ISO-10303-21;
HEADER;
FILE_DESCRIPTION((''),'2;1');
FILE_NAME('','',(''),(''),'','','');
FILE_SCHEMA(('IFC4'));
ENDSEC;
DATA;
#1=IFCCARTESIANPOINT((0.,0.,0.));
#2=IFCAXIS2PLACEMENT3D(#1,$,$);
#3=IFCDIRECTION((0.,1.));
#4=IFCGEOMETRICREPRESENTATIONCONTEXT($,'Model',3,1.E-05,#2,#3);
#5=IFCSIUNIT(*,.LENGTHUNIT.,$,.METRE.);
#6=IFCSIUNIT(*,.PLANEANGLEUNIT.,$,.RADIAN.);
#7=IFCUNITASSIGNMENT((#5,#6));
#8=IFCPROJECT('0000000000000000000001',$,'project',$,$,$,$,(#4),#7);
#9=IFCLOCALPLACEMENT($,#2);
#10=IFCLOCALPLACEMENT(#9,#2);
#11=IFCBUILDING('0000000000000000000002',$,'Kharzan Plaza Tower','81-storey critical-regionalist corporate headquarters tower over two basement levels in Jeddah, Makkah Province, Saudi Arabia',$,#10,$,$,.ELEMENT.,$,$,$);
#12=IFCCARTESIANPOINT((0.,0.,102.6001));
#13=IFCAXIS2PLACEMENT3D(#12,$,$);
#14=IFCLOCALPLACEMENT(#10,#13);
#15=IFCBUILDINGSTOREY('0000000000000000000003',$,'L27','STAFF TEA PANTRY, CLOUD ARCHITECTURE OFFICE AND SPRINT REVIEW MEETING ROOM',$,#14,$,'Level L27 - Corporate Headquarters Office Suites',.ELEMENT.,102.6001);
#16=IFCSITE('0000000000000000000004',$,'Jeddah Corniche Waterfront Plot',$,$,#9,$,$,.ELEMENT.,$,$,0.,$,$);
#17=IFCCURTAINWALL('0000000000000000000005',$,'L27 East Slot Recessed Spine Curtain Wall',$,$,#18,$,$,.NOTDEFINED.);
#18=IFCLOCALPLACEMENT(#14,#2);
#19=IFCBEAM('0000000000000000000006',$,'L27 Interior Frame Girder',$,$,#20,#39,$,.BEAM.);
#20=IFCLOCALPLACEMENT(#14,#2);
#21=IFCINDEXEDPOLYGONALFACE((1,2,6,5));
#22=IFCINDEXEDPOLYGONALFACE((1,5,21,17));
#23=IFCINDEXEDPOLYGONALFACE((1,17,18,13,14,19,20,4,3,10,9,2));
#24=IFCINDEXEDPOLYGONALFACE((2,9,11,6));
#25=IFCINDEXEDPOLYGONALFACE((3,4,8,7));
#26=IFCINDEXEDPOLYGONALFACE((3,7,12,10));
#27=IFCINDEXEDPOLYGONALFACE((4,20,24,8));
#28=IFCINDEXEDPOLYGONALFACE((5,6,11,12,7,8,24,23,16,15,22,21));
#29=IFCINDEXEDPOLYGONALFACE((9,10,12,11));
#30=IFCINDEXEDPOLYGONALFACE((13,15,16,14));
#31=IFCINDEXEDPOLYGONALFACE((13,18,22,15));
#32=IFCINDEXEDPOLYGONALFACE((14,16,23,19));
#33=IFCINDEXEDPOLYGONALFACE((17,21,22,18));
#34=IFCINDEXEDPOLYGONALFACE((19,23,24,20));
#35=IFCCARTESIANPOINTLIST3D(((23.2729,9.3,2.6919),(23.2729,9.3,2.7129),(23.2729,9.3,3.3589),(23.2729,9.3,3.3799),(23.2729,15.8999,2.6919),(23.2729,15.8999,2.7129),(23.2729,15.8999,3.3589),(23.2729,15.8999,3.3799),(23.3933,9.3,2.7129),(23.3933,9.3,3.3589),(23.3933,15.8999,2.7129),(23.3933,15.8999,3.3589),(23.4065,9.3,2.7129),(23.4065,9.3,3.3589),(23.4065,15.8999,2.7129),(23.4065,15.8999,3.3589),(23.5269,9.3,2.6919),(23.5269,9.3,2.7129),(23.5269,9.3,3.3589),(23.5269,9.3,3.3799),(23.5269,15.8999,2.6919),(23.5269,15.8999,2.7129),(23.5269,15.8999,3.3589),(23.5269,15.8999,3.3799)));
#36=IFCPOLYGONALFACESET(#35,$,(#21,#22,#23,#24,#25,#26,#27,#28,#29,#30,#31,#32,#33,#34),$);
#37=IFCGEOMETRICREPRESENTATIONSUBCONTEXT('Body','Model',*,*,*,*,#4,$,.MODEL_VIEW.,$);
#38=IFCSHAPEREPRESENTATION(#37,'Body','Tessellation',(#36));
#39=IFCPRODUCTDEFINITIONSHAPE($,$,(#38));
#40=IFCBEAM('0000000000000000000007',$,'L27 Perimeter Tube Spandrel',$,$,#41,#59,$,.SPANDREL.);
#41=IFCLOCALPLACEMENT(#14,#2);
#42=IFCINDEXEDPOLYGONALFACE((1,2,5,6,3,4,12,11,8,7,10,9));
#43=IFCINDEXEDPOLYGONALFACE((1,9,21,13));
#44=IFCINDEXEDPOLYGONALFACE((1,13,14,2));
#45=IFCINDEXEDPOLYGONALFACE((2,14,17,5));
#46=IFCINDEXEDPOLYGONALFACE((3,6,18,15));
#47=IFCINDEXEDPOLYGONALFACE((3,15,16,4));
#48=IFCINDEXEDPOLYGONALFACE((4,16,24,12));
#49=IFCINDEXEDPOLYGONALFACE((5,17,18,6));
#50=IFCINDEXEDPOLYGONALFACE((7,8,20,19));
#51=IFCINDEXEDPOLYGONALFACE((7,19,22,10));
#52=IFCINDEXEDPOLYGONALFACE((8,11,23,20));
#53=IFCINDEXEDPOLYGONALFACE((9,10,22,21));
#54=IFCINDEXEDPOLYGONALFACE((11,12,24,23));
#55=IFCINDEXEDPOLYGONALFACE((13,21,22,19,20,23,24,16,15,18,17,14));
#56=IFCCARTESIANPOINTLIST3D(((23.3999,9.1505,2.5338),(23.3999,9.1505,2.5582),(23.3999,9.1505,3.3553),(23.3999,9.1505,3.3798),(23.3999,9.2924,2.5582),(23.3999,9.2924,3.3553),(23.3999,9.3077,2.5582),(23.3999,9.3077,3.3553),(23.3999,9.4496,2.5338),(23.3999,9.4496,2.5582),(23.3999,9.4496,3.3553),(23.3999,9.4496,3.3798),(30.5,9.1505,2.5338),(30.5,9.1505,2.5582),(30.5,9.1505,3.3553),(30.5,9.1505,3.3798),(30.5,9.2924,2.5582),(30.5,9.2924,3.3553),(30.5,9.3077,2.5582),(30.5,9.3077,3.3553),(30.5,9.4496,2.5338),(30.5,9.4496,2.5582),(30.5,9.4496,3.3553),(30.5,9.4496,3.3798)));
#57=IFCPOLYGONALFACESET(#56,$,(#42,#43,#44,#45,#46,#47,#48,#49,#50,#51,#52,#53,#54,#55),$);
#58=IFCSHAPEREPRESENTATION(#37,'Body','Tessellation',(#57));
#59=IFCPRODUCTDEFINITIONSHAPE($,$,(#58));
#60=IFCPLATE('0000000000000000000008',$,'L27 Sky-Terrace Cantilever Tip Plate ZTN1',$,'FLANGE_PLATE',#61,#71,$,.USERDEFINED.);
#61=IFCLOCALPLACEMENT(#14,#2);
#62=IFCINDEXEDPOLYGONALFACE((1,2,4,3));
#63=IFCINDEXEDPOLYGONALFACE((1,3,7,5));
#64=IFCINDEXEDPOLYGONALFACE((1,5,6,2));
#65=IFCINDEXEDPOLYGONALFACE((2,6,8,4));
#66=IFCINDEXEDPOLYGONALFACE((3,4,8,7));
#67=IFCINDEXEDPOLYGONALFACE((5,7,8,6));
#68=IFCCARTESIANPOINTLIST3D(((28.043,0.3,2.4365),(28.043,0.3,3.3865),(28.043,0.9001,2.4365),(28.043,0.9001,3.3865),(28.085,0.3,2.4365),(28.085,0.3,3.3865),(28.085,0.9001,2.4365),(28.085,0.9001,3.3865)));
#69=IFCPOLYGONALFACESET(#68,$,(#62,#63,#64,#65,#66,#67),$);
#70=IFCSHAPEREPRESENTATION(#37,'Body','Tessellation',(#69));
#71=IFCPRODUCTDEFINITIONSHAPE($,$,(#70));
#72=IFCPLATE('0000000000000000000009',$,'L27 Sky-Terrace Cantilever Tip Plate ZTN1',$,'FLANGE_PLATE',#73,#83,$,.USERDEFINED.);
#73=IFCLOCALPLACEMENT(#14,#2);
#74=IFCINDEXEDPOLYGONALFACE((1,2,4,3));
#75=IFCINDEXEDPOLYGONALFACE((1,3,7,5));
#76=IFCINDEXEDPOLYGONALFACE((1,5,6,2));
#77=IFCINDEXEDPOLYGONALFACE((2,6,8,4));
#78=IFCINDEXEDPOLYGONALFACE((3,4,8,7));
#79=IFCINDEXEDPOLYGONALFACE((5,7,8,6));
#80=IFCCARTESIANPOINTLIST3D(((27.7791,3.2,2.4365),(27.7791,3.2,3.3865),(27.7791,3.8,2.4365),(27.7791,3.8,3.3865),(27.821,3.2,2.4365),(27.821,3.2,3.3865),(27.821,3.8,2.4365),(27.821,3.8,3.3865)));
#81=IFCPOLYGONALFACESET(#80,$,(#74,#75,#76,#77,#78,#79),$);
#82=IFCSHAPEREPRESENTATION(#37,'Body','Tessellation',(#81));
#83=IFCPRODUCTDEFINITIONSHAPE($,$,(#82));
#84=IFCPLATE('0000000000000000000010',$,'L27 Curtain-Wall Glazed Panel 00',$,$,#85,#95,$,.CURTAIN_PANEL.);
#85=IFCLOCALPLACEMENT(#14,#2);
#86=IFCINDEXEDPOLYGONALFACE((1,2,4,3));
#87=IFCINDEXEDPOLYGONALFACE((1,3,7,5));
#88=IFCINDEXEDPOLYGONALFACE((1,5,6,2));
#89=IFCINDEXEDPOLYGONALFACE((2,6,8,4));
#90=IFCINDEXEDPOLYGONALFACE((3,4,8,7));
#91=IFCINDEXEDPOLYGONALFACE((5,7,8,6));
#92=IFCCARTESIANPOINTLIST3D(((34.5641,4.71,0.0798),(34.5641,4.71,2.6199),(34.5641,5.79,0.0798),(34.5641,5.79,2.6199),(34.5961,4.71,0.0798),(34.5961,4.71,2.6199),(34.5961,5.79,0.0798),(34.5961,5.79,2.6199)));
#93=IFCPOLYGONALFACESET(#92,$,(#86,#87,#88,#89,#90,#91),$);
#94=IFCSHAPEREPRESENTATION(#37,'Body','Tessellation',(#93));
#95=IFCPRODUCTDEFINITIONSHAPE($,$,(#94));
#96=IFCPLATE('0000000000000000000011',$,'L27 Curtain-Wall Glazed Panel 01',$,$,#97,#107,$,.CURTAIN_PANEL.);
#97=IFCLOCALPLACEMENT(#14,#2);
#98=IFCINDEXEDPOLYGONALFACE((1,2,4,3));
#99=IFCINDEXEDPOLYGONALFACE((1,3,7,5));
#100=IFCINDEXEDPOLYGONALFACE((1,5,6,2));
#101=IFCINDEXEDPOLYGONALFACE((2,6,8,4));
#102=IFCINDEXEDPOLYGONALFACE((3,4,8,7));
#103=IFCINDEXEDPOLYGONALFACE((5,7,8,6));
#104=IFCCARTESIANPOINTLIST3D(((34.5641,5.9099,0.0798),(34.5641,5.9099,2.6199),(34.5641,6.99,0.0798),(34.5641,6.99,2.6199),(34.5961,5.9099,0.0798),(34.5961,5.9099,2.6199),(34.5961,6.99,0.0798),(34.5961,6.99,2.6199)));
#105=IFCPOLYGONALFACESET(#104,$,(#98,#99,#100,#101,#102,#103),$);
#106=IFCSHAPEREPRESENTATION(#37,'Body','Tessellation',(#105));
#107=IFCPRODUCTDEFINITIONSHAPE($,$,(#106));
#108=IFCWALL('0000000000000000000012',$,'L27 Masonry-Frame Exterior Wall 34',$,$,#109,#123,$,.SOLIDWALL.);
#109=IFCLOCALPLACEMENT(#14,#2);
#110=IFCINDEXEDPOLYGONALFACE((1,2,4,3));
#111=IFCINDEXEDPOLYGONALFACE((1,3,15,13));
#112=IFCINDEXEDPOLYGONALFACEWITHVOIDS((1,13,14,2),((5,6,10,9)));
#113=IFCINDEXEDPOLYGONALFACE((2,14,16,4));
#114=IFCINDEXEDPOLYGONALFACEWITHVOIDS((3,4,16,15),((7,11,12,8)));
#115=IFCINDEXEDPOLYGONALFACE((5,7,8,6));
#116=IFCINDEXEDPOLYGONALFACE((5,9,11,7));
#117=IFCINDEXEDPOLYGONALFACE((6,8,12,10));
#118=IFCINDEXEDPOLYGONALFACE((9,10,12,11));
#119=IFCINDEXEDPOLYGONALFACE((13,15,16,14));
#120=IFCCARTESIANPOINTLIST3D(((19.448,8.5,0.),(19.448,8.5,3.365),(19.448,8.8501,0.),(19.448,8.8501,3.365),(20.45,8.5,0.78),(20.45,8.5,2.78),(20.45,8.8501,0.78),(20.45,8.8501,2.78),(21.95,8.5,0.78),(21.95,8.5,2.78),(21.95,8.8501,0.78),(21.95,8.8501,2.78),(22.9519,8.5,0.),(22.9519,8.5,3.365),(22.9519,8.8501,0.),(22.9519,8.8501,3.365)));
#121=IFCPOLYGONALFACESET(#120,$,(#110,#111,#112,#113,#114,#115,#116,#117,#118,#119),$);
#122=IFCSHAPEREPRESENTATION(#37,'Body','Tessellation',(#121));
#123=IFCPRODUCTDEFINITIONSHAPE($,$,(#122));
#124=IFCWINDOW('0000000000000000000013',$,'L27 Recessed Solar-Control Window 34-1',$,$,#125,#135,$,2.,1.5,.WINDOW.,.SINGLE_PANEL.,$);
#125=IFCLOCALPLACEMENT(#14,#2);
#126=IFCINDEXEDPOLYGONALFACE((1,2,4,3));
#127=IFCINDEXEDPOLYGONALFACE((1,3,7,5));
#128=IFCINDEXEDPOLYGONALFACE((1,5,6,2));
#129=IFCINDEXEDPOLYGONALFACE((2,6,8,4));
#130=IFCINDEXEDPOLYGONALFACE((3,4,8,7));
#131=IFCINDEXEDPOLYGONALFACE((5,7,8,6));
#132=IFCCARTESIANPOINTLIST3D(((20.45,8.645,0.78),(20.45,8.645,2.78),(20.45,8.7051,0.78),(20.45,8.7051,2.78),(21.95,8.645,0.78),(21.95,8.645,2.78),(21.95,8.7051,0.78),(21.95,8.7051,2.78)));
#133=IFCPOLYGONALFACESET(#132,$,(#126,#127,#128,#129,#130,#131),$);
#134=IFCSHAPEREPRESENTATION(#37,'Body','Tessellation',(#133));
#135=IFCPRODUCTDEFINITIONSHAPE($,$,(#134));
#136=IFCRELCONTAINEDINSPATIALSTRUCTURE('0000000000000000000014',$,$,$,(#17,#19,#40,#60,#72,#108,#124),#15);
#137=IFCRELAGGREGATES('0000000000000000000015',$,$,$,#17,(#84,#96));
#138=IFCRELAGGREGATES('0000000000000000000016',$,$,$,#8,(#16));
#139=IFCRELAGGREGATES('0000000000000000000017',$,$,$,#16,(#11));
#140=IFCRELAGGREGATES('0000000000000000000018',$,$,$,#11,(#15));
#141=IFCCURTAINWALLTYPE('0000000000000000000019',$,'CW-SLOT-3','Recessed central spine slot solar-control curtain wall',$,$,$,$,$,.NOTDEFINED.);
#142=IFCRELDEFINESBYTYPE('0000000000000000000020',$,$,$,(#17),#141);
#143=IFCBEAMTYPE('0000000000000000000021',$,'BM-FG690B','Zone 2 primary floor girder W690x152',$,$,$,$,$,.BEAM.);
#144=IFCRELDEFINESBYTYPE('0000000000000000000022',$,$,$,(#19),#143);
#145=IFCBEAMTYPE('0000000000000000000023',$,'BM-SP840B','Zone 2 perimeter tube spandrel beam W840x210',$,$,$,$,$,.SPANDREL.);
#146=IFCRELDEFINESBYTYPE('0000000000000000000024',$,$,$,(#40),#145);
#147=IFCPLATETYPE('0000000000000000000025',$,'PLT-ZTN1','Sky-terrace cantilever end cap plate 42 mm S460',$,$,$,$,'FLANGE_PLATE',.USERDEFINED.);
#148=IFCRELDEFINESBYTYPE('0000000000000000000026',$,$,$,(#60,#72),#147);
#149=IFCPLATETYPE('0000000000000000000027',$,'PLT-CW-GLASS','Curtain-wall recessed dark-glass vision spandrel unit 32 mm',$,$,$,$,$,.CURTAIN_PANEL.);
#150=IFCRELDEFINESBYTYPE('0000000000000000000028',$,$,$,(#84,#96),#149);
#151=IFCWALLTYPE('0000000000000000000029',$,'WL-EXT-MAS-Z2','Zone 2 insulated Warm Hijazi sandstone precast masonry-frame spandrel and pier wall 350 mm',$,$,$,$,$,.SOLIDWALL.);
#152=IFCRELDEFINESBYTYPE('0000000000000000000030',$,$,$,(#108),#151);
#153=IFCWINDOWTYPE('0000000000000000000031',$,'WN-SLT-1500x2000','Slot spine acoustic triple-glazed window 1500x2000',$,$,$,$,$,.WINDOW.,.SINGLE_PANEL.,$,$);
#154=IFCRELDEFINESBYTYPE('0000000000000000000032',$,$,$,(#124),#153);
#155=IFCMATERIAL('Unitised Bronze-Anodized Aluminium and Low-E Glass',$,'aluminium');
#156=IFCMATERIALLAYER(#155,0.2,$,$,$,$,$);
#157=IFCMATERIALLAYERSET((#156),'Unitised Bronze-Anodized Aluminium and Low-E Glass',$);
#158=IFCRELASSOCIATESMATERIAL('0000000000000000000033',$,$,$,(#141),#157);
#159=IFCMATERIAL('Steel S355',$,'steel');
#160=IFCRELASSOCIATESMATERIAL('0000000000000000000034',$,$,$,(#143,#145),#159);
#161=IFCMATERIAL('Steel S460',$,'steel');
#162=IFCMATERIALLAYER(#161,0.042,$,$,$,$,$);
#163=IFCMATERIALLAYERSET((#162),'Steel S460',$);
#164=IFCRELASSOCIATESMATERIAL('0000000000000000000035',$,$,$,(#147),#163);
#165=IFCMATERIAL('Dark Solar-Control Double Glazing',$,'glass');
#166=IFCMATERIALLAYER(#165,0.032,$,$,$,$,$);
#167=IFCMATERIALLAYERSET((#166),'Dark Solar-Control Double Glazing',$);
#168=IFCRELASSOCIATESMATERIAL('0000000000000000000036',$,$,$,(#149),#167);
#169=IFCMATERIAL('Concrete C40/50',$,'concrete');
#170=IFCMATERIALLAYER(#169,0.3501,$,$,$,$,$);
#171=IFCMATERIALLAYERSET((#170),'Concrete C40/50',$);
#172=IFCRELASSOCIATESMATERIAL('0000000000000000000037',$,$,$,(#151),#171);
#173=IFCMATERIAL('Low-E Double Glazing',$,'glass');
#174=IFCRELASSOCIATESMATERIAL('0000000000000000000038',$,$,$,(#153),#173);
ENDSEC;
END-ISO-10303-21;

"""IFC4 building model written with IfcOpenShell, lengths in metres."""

from ifc_helpers import new_model, si_unit, direction, frame, frame_2d, origin, origin_2d, place, context, subcontext, project, spatial, rectangle, i_section, extrude, source, transform, mapped, material, layer, layer_set, material_profile, profile_set, type_object, element, fill, aggregate, save


model = new_model("IFC4")

# Units and contexts
model_context = context("Model", 3, precision=1e-05, world=origin(), true_north=direction((0.0, 1.0)))
body_context = subcontext(model_context, "Body", "Model", "MODEL_VIEW")
ifc_project = project(units=[si_unit("LENGTHUNIT", "METRE"), si_unit("PLANEANGLEUNIT", "RADIAN")], contexts=[model_context])

# Site, building, storey
site_placement = place(None, origin())
site = spatial("IfcSite", under=ifc_project, at=site_placement, Name="Jeddah Corniche Waterfront Plot", CompositionType="ELEMENT", RefElevation=0.0)
building_placement = place(site_placement, origin())
building = spatial("IfcBuilding", under=site, at=building_placement, Name="Kharzan Plaza Tower", Description="81-storey critical-regionalist corporate headquarters tower over two basement levels in Jeddah, Makkah Province, Saudi Arabia", CompositionType="ELEMENT")
storey_placement = place(building_placement, frame((0.0, 0.0, 102.6001)))
storey = spatial("IfcBuildingStorey", under=building, at=storey_placement, Name="L27", Description="STAFF TEA PANTRY, CLOUD ARCHITECTURE OFFICE AND SPRINT REVIEW MEETING ROOM", LongName="Level L27 - Corporate Headquarters Office Suites", CompositionType="ELEMENT", Elevation=102.6001)

# Curtain wall
ifc_material_1 = material(Name="Unitised Bronze-Anodized Aluminium and Low-E Glass", Category="aluminium")
ifc_layer_1 = layer(ifc_material_1, 0.2)
ifc_layer_set_1 = layer_set([ifc_layer_1], Name="Unitised Bronze-Anodized Aluminium and Low-E Glass")
curtain_wall_type = type_object("IfcCurtainWallType", Name="CW-SLOT-3", Description="Recessed central spine slot solar-control curtain wall", PredefinedType="NOTDEFINED", material=ifc_layer_set_1)
curtain_wall_placement = place(storey_placement, origin())
curtain_wall = element("IfcCurtainWall", 1, at=curtain_wall_placement, inside=storey, type_object=curtain_wall_type, Name="L27 East Slot Recessed Spine Curtain Wall", PredefinedType="NOTDEFINED")

# Shared definitions
ifc_material_2 = material(Name="Steel S355", Category="steel")

# Beams
ifc_material_profile_1 = material_profile(ifc_material_2, i_section(OverallWidth=0.2539, OverallDepth=0.688, WebThickness=0.0132, FlangeThickness=0.021, at=origin_2d()), Name="W690x152")
ifc_profile_set_1 = profile_set([ifc_material_profile_1], Name="Steel S355")
beam_type_1 = type_object("IfcBeamType", Name="BM-FG690B", Description="Zone 2 primary floor girder W690x152", PredefinedType="BEAM", material=ifc_profile_set_1)
shared_shape_1 = source(origin(), body_context, "Body", "SweptSolid", [
    extrude(i_section(OverallWidth=0.2539, OverallDepth=0.688, WebThickness=0.0132, FlangeThickness=0.021, at=origin_2d()), origin(), (0.0, 0.0, 1.0), 6.5999),
])
beam_1_placement = place(storey_placement, frame((23.3999, 9.3, 3.0359), z_axis=(0.0, 1.0, 0.0), x_axis=(-1.0, 0.0, 0.0)))
element("IfcBeam", 2, at=beam_1_placement, inside=storey, type_object=beam_type_1, Name="L27 Interior Frame Girder", PredefinedType="BEAM", context=body_context, shape_type="MappedRepresentation", body=[
    mapped(shared_shape_1, transform((0.0, 0.0, 0.0), x_axis=(1.0, 0.0, 0.0), y_axis=(0.0, 1.0, 0.0), z_axis=(0.0, 0.0, 1.0))),
])
ifc_material_profile_2 = material_profile(ifc_material_2, i_section(OverallWidth=0.2991, OverallDepth=0.8459, WebThickness=0.0154, FlangeThickness=0.0244, at=origin_2d()), Name="W840x210")
ifc_profile_set_2 = profile_set([ifc_material_profile_2], Name="Steel S355")
beam_type_2 = type_object("IfcBeamType", Name="BM-SP840B", Description="Zone 2 perimeter tube spandrel beam W840x210", PredefinedType="SPANDREL", material=ifc_profile_set_2)
shared_shape_2 = source(origin(), body_context, "Body", "SweptSolid", [
    extrude(i_section(OverallWidth=0.2991, OverallDepth=0.8459, WebThickness=0.0154, FlangeThickness=0.0244, at=origin_2d()), origin(), (0.0, 0.0, 1.0), 7.1001),
])
beam_2_placement = place(storey_placement, frame((23.3999, 9.3, 2.9568), z_axis=(1.0, 0.0, 0.0), x_axis=(0.0, 1.0, 0.0)))
element("IfcBeam", 3, at=beam_2_placement, inside=storey, type_object=beam_type_2, Name="L27 Perimeter Tube Spandrel", PredefinedType="SPANDREL", context=body_context, shape_type="MappedRepresentation", body=[
    mapped(shared_shape_2, transform((0.0, 0.0, 0.0), x_axis=(1.0, 0.0, 0.0), y_axis=(0.0, 1.0, 0.0), z_axis=(0.0, 0.0, 1.0))),
])

# Plates
ifc_material_3 = material(Name="Steel S460", Category="steel")
ifc_layer_2 = layer(ifc_material_3, 0.042)
ifc_layer_set_2 = layer_set([ifc_layer_2], Name="Steel S460")
plate_type_1 = type_object("IfcPlateType", Name="PLT-ZTN1", Description="Sky-terrace cantilever end cap plate 42 mm S460", ElementType="FLANGE_PLATE", PredefinedType="USERDEFINED", material=ifc_layer_set_2)
shared_shape_3 = source(origin(), body_context, "Body", "SweptSolid", [
    extrude(rectangle(XDim=0.6001, YDim=0.042, at=origin_2d()), origin(), (0.0, 0.0, 1.0), 0.95),
])
for number, where, z_axis, x_axis, name in (
    (4, (28.064, 0.6001, 2.4365), (0.0, 0.0, 1.0), (0.0, 1.0, 0.0), "L27 Sky-Terrace Cantilever Tip Plate ZTN1"),
    (5, (27.8, 3.5, 2.4365), (0.0, 0.0, 1.0), (0.0, 1.0, 0.0), "L27 Sky-Terrace Cantilever Tip Plate ZTN1"),
):
    element("IfcPlate", number, at=place(storey_placement, frame(where, z_axis=z_axis, x_axis=x_axis)), inside=storey, type_object=plate_type_1, Name=name, ObjectType="FLANGE_PLATE", PredefinedType="USERDEFINED", context=body_context, shape_type="MappedRepresentation", body=[
        mapped(shared_shape_3, transform((0.0, 0.0, 0.0), x_axis=(1.0, 0.0, 0.0), y_axis=(0.0, 1.0, 0.0), z_axis=(0.0, 0.0, 1.0))),
    ])

# Plates
ifc_material_4 = material(Name="Dark Solar-Control Double Glazing", Category="glass")
ifc_layer_3 = layer(ifc_material_4, 0.032)
ifc_layer_set_3 = layer_set([ifc_layer_3], Name="Dark Solar-Control Double Glazing")
plate_type_2 = type_object("IfcPlateType", Name="PLT-CW-GLASS", Description="Curtain-wall recessed dark-glass vision spandrel unit 32 mm", PredefinedType="CURTAIN_PANEL", material=ifc_layer_set_3)
shared_shape_4 = source(origin(), body_context, "Body", "SweptSolid", [
    extrude(rectangle(XDim=1.0801, YDim=0.032, at=origin_2d()), origin(), (0.0, 0.0, 1.0), 2.54),
])
plate_1_placement = place(storey_placement, frame((34.5801, 5.25, 0.0798), z_axis=(0.0, 0.0, 1.0), x_axis=(0.0, 1.0, 0.0)))
plate_1 = element("IfcPlate", 6, at=plate_1_placement, type_object=plate_type_2, Name="L27 Curtain-Wall Glazed Panel 00", PredefinedType="CURTAIN_PANEL", context=body_context, shape_type="MappedRepresentation", body=[
    mapped(shared_shape_4, transform((0.0, 0.0, 0.0), x_axis=(1.0, 0.0, 0.0), y_axis=(0.0, 1.0, 0.0), z_axis=(0.0, 0.0, 1.0))),
])
plate_2_placement = place(storey_placement, frame((34.5801, 6.45, 0.0798), z_axis=(0.0, 0.0, 1.0), x_axis=(0.0, 1.0, 0.0)))
plate_2 = element("IfcPlate", 7, at=plate_2_placement, type_object=plate_type_2, Name="L27 Curtain-Wall Glazed Panel 01", PredefinedType="CURTAIN_PANEL", context=body_context, shape_type="MappedRepresentation", body=[
    mapped(shared_shape_4, transform((0.0, 0.0, 0.0), x_axis=(1.0, 0.0, 0.0), y_axis=(0.0, 1.0, 0.0), z_axis=(0.0, 0.0, 1.0))),
])
aggregate(curtain_wall, [plate_1, plate_2])

# Wall, opening, window
ifc_material_5 = material(Name="Concrete C40/50", Category="concrete")
ifc_layer_4 = layer(ifc_material_5, 0.3501)
ifc_layer_set_4 = layer_set([ifc_layer_4], Name="Concrete C40/50")
wall_type_1 = type_object("IfcWallType", Name="WL-EXT-MAS-Z2", Description="Zone 2 insulated Warm Hijazi sandstone precast masonry-frame spandrel and pier wall 350 mm", PredefinedType="SOLIDWALL", material=ifc_layer_set_4)
wall_1_placement = place(storey_placement, frame((19.448, 8.675, 0.0), z_axis=(0.0, 0.0, 1.0), x_axis=(1.0, 0.0, 0.0)))
wall_1 = element("IfcWall", 8, at=wall_1_placement, inside=storey, type_object=wall_type_1, Name="L27 Masonry-Frame Exterior Wall 34", PredefinedType="SOLIDWALL", context=body_context, shape_type="SweptSolid", body=[
    extrude(rectangle(XDim=3.5039, YDim=0.3501, at=frame_2d((1.752, 0.0))), origin(), (0.0, 0.0, 1.0), 3.365),
])
opening_1_placement = place(wall_1_placement, frame((1.002, 0.0, 0.78)))
opening_1 = element("IfcOpeningElement", 9, at=opening_1_placement, cuts=wall_1, PredefinedType="OPENING", context=body_context, shape_type="SweptSolid", body=[
    extrude(rectangle(XDim=1.5, YDim=2.0, at=frame_2d((0.75, 1.0))), frame((0.0, 0.1851, 0.0), z_axis=(0.0, -1.0, 0.0), x_axis=(1.0, 0.0, 0.0)), (0.0, 0.0, 1.0), 0.3701),
])
ifc_material_6 = material(Name="Low-E Double Glazing", Category="glass")
window_type = type_object("IfcWindowType", Name="WN-SLT-1500x2000", Description="Slot spine acoustic triple-glazed window 1500x2000", PartitioningType="SINGLE_PANEL", PredefinedType="WINDOW", material=ifc_material_6)
shared_shape_5 = source(origin(), body_context, "Body", "SweptSolid", [
    extrude(rectangle(XDim=1.5, YDim=2.0, at=frame_2d((0.75, 1.0))), frame((0.0, 0.03, 0.0), z_axis=(0.0, -1.0, 0.0), x_axis=(1.0, 0.0, 0.0)), (0.0, 0.0, 1.0), 0.0601),
])
window_1_placement = place(opening_1_placement, origin())
window_1 = element("IfcWindow", 10, at=window_1_placement, inside=storey, type_object=window_type, Name="L27 Recessed Solar-Control Window 34-1", OverallHeight=2.0, OverallWidth=1.5, PartitioningType="SINGLE_PANEL", PredefinedType="WINDOW", context=body_context, shape_type="MappedRepresentation", body=[
    mapped(shared_shape_5, transform((0.0, 0.0, 0.0), x_axis=(1.0, 0.0, 0.0), y_axis=(0.0, 1.0, 0.0), z_axis=(0.0, 0.0, 1.0))),
])
fill(opening_1, window_1)

save(model, "model.ifc")
